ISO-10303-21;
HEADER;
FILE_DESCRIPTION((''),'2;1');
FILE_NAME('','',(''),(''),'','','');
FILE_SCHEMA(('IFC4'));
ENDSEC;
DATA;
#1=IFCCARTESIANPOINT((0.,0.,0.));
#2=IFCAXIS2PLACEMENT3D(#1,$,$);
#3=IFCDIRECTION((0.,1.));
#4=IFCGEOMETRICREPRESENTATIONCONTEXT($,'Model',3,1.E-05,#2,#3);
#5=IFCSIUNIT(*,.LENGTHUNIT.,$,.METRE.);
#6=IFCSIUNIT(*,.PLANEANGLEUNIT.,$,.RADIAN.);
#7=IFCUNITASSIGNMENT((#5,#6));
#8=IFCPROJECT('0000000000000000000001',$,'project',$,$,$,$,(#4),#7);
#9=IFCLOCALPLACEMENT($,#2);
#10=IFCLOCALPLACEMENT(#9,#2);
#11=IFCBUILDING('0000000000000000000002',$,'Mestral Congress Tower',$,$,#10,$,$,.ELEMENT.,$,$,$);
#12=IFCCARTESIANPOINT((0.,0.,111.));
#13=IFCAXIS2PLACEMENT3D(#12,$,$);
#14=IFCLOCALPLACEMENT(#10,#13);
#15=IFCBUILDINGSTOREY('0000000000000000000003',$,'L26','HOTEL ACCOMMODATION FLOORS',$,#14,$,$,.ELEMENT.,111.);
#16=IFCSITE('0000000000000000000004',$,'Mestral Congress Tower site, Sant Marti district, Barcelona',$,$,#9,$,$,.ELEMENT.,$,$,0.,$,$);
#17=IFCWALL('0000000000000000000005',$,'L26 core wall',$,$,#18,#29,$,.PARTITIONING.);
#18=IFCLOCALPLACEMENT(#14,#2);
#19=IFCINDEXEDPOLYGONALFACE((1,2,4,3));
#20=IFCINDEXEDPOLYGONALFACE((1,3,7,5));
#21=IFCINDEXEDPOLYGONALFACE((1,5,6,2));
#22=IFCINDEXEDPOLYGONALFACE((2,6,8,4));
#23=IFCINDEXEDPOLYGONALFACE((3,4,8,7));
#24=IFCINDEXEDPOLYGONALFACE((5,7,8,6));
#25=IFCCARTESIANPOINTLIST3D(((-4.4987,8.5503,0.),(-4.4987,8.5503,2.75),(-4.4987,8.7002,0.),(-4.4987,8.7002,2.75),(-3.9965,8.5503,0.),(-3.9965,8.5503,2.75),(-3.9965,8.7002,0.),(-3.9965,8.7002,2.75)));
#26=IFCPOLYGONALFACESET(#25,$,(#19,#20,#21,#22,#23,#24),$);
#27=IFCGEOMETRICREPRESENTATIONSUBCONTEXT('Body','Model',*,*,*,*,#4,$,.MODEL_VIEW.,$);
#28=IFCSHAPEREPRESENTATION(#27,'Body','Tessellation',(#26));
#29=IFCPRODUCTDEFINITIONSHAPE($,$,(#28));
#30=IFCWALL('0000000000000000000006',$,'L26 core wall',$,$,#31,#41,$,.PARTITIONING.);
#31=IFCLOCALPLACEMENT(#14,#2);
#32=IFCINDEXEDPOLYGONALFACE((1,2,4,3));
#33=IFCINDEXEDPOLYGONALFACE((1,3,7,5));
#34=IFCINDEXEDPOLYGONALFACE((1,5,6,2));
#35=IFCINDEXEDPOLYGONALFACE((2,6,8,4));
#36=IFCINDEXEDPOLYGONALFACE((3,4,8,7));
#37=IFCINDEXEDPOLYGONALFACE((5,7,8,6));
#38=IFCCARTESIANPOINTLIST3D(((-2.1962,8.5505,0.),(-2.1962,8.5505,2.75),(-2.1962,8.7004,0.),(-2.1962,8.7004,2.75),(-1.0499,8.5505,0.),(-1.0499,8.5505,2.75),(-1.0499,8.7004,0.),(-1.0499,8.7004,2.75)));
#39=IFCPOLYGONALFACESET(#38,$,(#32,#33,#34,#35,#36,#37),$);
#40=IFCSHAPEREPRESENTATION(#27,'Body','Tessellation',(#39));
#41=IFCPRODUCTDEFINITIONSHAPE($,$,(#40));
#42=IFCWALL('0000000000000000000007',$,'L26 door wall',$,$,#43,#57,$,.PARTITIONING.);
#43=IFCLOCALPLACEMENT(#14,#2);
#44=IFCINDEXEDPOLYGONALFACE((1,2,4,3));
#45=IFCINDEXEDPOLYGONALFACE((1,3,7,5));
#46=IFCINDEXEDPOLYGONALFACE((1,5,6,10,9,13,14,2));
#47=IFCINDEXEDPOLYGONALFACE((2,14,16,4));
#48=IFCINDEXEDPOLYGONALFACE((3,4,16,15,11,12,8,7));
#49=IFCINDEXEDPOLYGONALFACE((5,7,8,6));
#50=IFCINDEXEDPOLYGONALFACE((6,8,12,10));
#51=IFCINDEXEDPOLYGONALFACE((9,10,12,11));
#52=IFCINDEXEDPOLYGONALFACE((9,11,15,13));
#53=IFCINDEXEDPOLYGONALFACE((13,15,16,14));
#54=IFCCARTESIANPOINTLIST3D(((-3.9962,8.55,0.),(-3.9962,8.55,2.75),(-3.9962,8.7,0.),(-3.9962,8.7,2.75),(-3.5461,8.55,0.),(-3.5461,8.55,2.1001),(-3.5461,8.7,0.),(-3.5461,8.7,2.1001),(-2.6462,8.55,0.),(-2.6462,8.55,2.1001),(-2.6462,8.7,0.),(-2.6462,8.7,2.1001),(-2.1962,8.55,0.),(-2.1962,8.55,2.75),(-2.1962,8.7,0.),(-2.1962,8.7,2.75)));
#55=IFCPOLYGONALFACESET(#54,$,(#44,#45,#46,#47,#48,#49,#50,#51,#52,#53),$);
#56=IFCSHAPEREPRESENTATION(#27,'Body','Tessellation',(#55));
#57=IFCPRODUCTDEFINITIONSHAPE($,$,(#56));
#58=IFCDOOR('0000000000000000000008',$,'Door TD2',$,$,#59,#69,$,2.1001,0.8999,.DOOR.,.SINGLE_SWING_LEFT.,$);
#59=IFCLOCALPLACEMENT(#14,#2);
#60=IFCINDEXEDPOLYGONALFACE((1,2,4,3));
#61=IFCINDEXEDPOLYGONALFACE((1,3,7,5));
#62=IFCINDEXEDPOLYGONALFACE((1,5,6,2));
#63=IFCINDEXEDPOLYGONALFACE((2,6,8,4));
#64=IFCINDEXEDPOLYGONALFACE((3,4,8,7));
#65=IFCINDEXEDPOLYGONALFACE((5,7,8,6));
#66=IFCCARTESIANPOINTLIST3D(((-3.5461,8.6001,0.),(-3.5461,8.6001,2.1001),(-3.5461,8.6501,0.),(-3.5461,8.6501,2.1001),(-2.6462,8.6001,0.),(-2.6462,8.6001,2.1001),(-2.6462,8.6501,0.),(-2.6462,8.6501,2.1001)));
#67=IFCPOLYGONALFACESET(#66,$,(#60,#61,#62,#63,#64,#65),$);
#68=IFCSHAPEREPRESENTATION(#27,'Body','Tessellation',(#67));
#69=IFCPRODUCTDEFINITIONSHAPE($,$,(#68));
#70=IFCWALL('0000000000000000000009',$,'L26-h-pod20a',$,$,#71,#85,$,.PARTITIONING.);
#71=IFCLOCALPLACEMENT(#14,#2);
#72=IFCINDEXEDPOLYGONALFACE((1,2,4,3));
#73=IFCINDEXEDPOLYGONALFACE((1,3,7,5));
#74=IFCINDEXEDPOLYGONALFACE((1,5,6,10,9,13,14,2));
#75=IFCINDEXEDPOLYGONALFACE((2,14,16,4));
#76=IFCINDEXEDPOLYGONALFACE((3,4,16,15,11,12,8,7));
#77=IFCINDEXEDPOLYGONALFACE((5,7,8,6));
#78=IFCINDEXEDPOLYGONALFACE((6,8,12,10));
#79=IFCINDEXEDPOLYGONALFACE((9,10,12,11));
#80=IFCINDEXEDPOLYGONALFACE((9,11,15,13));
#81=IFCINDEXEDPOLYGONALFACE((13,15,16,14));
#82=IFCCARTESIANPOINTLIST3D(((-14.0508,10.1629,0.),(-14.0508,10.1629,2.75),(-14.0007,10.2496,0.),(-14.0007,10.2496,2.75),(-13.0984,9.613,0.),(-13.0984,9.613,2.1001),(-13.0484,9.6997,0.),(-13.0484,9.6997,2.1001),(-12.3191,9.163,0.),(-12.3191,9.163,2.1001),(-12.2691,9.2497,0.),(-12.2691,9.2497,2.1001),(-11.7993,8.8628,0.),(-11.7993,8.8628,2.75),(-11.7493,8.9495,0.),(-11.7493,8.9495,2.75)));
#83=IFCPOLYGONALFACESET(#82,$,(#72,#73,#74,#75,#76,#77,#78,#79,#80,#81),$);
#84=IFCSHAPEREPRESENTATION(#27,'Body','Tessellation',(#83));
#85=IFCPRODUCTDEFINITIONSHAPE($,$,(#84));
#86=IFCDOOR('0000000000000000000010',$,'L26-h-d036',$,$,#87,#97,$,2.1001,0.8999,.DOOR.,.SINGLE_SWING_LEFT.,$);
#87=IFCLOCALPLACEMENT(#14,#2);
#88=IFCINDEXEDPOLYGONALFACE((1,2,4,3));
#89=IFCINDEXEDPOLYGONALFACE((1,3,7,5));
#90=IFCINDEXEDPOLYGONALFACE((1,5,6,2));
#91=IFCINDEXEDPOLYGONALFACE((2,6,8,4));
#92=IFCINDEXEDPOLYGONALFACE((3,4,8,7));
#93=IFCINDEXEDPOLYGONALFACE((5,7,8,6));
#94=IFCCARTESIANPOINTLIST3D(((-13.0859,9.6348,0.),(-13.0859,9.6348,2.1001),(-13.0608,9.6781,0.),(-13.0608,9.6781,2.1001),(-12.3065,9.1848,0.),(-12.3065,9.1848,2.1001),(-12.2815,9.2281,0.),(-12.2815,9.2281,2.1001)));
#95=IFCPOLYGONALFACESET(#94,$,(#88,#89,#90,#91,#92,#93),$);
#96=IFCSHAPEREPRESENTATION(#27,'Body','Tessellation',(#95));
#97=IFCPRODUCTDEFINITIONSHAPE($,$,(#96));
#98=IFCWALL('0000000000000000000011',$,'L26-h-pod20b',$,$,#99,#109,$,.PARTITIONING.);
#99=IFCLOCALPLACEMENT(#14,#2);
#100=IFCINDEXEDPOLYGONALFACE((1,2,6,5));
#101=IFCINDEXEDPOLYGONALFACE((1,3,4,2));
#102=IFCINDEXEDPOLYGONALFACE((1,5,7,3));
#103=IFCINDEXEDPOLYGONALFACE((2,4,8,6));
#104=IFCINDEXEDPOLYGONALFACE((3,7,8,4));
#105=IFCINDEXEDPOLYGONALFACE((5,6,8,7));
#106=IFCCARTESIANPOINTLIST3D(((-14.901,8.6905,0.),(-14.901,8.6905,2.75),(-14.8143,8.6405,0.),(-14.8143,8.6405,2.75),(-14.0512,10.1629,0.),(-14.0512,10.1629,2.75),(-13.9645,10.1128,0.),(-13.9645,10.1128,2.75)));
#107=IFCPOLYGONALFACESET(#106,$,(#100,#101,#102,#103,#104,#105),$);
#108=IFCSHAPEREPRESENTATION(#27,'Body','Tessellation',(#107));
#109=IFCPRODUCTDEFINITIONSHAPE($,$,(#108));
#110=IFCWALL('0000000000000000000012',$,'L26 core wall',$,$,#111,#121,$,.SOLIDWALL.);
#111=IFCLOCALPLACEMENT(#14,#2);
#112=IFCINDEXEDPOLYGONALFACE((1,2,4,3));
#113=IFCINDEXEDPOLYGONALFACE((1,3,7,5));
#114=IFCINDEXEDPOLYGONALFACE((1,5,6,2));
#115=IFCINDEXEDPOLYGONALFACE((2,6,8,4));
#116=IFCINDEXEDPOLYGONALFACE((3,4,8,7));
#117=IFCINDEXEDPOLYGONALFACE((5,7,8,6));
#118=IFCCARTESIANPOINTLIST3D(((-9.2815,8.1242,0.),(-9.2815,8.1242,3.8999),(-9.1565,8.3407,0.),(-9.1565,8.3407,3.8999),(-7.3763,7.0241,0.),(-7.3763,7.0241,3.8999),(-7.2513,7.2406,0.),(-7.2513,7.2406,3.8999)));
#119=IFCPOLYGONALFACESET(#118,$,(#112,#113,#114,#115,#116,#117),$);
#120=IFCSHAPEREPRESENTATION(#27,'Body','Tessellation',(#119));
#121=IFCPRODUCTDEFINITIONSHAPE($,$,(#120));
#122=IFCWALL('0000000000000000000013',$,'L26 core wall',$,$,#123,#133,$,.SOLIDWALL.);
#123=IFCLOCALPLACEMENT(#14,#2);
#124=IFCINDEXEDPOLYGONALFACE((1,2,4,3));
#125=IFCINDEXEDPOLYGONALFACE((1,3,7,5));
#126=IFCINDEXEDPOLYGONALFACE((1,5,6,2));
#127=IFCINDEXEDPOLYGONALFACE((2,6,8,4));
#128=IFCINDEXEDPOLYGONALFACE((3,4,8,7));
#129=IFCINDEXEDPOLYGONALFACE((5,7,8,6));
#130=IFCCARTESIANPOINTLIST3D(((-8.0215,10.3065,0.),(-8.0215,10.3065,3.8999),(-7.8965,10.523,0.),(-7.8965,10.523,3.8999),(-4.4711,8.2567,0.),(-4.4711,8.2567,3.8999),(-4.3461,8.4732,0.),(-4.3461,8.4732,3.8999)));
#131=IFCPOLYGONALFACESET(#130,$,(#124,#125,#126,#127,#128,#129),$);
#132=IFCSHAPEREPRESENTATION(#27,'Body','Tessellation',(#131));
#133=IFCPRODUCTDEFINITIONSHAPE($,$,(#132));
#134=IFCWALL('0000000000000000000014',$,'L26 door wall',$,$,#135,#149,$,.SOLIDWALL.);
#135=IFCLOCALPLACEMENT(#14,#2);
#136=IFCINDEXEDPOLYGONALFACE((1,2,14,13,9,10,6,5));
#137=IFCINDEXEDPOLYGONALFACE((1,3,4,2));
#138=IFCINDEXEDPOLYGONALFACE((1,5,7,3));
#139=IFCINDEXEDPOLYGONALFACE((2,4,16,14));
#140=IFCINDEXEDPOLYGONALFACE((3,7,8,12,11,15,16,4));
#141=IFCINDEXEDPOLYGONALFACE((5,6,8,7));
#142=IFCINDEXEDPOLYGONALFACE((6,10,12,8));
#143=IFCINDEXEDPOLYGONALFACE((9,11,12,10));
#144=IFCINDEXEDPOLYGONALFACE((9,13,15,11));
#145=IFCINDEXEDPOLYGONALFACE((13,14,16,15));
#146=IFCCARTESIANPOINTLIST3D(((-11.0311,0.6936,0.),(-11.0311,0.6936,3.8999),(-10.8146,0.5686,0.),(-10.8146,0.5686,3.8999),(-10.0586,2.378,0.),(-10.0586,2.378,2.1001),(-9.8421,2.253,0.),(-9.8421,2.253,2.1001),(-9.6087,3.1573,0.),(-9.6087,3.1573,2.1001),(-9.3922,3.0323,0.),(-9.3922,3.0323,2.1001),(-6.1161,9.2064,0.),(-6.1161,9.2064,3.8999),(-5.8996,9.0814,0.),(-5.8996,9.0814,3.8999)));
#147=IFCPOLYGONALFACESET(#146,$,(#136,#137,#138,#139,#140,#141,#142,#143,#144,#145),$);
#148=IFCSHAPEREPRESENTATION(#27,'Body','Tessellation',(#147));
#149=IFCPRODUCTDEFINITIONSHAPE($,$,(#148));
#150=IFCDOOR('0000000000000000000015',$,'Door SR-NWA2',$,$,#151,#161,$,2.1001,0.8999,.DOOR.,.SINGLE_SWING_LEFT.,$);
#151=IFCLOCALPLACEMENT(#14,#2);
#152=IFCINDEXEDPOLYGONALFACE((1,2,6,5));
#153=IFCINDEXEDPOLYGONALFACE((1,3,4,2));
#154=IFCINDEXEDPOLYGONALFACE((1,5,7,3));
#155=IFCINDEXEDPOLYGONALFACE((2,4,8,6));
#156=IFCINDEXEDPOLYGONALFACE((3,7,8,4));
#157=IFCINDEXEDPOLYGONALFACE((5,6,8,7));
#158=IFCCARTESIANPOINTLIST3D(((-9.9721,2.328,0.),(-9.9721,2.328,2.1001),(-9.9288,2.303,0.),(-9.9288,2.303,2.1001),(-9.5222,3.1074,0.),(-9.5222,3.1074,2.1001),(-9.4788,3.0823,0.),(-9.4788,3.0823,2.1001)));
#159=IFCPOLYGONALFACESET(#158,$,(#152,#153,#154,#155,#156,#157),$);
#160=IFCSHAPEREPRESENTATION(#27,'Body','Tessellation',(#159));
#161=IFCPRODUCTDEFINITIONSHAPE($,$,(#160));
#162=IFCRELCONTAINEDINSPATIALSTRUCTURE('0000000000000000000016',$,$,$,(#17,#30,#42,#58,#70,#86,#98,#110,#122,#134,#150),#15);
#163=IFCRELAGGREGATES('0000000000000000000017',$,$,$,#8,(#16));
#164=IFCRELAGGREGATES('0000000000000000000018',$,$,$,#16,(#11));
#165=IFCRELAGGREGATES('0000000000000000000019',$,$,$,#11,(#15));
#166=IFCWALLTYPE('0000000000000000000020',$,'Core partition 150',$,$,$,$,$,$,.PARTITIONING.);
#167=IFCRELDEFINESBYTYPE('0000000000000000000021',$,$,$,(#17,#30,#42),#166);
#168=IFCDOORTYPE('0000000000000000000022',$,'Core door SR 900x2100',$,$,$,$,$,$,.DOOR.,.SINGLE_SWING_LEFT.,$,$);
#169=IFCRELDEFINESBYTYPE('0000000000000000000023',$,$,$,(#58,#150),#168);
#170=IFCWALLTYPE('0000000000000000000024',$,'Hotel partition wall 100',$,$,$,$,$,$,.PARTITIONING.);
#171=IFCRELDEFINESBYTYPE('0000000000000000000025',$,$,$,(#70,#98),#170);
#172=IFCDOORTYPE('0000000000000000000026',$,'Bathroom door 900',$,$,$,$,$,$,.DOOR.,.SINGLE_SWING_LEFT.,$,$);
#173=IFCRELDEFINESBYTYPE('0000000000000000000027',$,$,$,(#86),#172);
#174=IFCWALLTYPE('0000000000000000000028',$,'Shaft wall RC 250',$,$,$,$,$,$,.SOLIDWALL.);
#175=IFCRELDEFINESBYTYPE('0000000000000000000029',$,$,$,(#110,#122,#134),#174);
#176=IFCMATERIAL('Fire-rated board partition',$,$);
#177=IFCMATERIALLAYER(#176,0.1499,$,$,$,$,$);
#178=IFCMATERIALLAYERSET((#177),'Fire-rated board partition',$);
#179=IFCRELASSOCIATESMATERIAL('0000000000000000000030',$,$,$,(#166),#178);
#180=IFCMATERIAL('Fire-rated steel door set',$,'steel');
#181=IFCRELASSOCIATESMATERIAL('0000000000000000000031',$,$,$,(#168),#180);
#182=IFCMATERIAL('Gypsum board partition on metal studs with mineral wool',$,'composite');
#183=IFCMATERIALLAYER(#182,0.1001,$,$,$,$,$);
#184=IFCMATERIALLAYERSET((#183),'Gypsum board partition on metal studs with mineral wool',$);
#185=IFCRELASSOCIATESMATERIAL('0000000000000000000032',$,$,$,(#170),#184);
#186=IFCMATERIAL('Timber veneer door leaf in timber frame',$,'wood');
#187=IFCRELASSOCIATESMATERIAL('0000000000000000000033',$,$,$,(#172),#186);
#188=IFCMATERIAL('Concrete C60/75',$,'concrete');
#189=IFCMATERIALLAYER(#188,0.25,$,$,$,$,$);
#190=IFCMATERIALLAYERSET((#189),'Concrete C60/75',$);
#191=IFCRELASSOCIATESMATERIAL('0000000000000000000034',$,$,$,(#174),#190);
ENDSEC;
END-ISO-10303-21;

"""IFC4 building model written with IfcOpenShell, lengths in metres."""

from ifc_helpers import new_model, si_unit, direction, frame, frame_2d, origin, place, context, subcontext, project, spatial, rectangle, extrude, material, layer, layer_set, type_object, element, fill, save


model = new_model("IFC4")

# Units and contexts
model_context = context("Model", 3, precision=1e-05, world=origin(), true_north=direction((0.0, 1.0)))
body_context = subcontext(model_context, "Body", "Model", "MODEL_VIEW")
ifc_project = project(units=[si_unit("LENGTHUNIT", "METRE"), si_unit("PLANEANGLEUNIT", "RADIAN")], contexts=[model_context])

# Site, building, storey
site_placement = place(None, origin())
site = spatial("IfcSite", under=ifc_project, at=site_placement, Name="Mestral Congress Tower site, Sant Marti district, Barcelona", CompositionType="ELEMENT", RefElevation=0.0)
building_placement = place(site_placement, origin())
building = spatial("IfcBuilding", under=site, at=building_placement, Name="Mestral Congress Tower", CompositionType="ELEMENT")
storey_placement = place(building_placement, frame((0.0, 0.0, 111.0)))
storey = spatial("IfcBuildingStorey", under=building, at=storey_placement, Name="L26", Description="HOTEL ACCOMMODATION FLOORS", CompositionType="ELEMENT", Elevation=111.0)

# Walls
ifc_material_1 = material(Name="Fire-rated board partition")
ifc_layer_1 = layer(ifc_material_1, 0.1499)
ifc_layer_set_1 = layer_set([ifc_layer_1], Name="Fire-rated board partition")
wall_type_1 = type_object("IfcWallType", Name="Core partition 150", PredefinedType="PARTITIONING", material=ifc_layer_set_1)
wall_1_placement = place(storey_placement, frame((-3.9966, 8.6252, 0.0), z_axis=(0.0, 0.0, 1.0), x_axis=(-1.0, 0.0, 0.0)))
element("IfcWall", 1, at=wall_1_placement, inside=storey, type_object=wall_type_1, Name="L26 core wall", PredefinedType="PARTITIONING", context=body_context, shape_type="SweptSolid", body=[
    extrude(rectangle(XDim=0.5022, YDim=0.1499, at=frame_2d((0.251, 0.0))), origin(), (0.0, 0.0, 1.0), 2.75),
])
wall_2_placement = place(storey_placement, frame((-2.1963, 8.6255, 0.0), z_axis=(0.0, 0.0, 1.0), x_axis=(1.0, 0.0, 0.0)))
element("IfcWall", 2, at=wall_2_placement, inside=storey, type_object=wall_type_1, Name="L26 core wall", PredefinedType="PARTITIONING", context=body_context, shape_type="SweptSolid", body=[
    extrude(rectangle(XDim=1.1462, YDim=0.1499, at=frame_2d((0.5732, 0.0))), origin(), (0.0, 0.0, 1.0), 2.75),
])

# Walls, openings, doors
wall_3_placement = place(storey_placement, frame((-2.1963, 8.625, 0.0), z_axis=(0.0, 0.0, 1.0), x_axis=(-1.0, 0.0, 0.0)))
wall_3 = element("IfcWall", 3, at=wall_3_placement, inside=storey, type_object=wall_type_1, Name="L26 door wall", PredefinedType="PARTITIONING", context=body_context, shape_type="SweptSolid", body=[
    extrude(rectangle(XDim=1.8, YDim=0.1499, at=frame_2d((0.8999, 0.0))), origin(), (0.0, 0.0, 1.0), 2.75),
])
opening_1_placement = place(wall_3_placement, frame((0.45, 0.0, 0.0)))
opening_1 = element("IfcOpeningElement", 4, at=opening_1_placement, cuts=wall_3, PredefinedType="OPENING", context=body_context, shape_type="SweptSolid", body=[
    extrude(rectangle(XDim=0.8999, YDim=2.1001, at=frame_2d((0.45, 1.05))), frame((0.0, 0.085, 0.0), z_axis=(0.0, -1.0, 0.0), x_axis=(1.0, 0.0, 0.0)), (0.0, 0.0, 1.0), 0.1699),
])
ifc_material_2 = material(Name="Fire-rated steel door set", Category="steel")
door_type_1 = type_object("IfcDoorType", Name="Core door SR 900x2100", OperationType="SINGLE_SWING_LEFT", PredefinedType="DOOR", material=ifc_material_2)
door_1_placement = place(opening_1_placement, origin())
door_1 = element("IfcDoor", 5, at=door_1_placement, inside=storey, type_object=door_type_1, Name="Door TD2", OperationType="SINGLE_SWING_LEFT", OverallHeight=2.1001, OverallWidth=0.8999, PredefinedType="DOOR", context=body_context, shape_type="SweptSolid", body=[
    extrude(rectangle(XDim=0.8999, YDim=2.1001, at=frame_2d((0.45, 1.05))), frame((0.0, 0.0249, 0.0), z_axis=(0.0, -1.0, 0.0), x_axis=(1.0, 0.0, 0.0)), (0.0, 0.0, 1.0), 0.05),
])
fill(opening_1, door_1)
ifc_material_3 = material(Name="Gypsum board partition on metal studs with mineral wool", Category="composite")
ifc_layer_2 = layer(ifc_material_3, 0.1001)
ifc_layer_set_2 = layer_set([ifc_layer_2], Name="Gypsum board partition on metal studs with mineral wool")
wall_type_2 = type_object("IfcWallType", Name="Hotel partition wall 100", PredefinedType="PARTITIONING", material=ifc_layer_set_2)
wall_4_placement = place(storey_placement, frame((-11.7744, 8.9062, 0.0), z_axis=(0.0, 0.0, 1.0), x_axis=(-0.865998, 0.500048, 0.0)))
wall_4 = element("IfcWall", 6, at=wall_4_placement, inside=storey, type_object=wall_type_2, Name="L26-h-pod20a", PredefinedType="PARTITIONING", context=body_context, shape_type="SweptSolid", body=[
    extrude(rectangle(XDim=2.5999, YDim=0.1001, at=frame_2d((1.2998, 0.0))), origin(), (0.0, 0.0, 1.0), 2.75),
])
opening_2_placement = place(wall_4_placement, frame((0.6001, 0.0, 0.0)))
opening_2 = element("IfcOpeningElement", 7, at=opening_2_placement, cuts=wall_4, PredefinedType="OPENING", context=body_context, shape_type="SweptSolid", body=[
    extrude(rectangle(XDim=0.8999, YDim=2.1001, at=frame_2d((0.45, 1.05))), frame((0.0, 0.0601, 0.0), z_axis=(0.0, -1.0, 0.0), x_axis=(1.0, 0.0, 0.0)), (0.0, 0.0, 1.0), 0.1201),
])
ifc_material_4 = material(Name="Timber veneer door leaf in timber frame", Category="wood")
door_type_2 = type_object("IfcDoorType", Name="Bathroom door 900", OperationType="SINGLE_SWING_LEFT", PredefinedType="DOOR", material=ifc_material_4)
door_2_placement = place(opening_2_placement, origin())
door_2 = element("IfcDoor", 8, at=door_2_placement, inside=storey, type_object=door_type_2, Name="L26-h-d036", OperationType="SINGLE_SWING_LEFT", OverallHeight=2.1001, OverallWidth=0.8999, PredefinedType="DOOR", context=body_context, shape_type="SweptSolid", body=[
    extrude(rectangle(XDim=0.8999, YDim=2.1001, at=frame_2d((0.45, 1.05))), frame((0.0, 0.0249, 0.0), z_axis=(0.0, -1.0, 0.0), x_axis=(1.0, 0.0, 0.0)), (0.0, 0.0, 1.0), 0.05),
])
fill(opening_2, door_2)

# Walls
wall_5_placement = place(storey_placement, frame((-14.0078, 10.1379, 0.0), z_axis=(0.0, 0.0, 1.0), x_axis=(-0.499892, -0.866088, 0.0)))
element("IfcWall", 9, at=wall_5_placement, inside=storey, type_object=wall_type_2, Name="L26-h-pod20b", PredefinedType="PARTITIONING", context=body_context, shape_type="SweptSolid", body=[
    extrude(rectangle(XDim=1.7, YDim=0.1001, at=frame_2d((0.8501, 0.0))), origin(), (0.0, 0.0, 1.0), 2.75),
])
ifc_material_5 = material(Name="Concrete C60/75", Category="concrete")
ifc_layer_3 = layer(ifc_material_5, 0.25)
ifc_layer_set_3 = layer_set([ifc_layer_3], Name="Concrete C60/75")
wall_type_3 = type_object("IfcWallType", Name="Shaft wall RC 250", PredefinedType="SOLIDWALL", material=ifc_layer_set_3)
wall_6_placement = place(storey_placement, frame((-7.3137, 7.1323, 0.0), z_axis=(0.0, 0.0, 1.0), x_axis=(-0.866008, 0.50003, 0.0)))
element("IfcWall", 10, at=wall_6_placement, inside=storey, type_object=wall_type_3, Name="L26 core wall", PredefinedType="SOLIDWALL", context=body_context, shape_type="SweptSolid", body=[
    extrude(rectangle(XDim=2.2, YDim=0.25, at=frame_2d((1.1001, 0.0))), origin(), (0.0, 0.0, 1.0), 3.8999),
])
wall_7_placement = place(storey_placement, frame((-7.959, 10.4148, 0.0), z_axis=(0.0, 0.0, 1.0), x_axis=(0.866021, -0.500008, 0.0)))
element("IfcWall", 11, at=wall_7_placement, inside=storey, type_object=wall_type_3, Name="L26 core wall", PredefinedType="SOLIDWALL", context=body_context, shape_type="SweptSolid", body=[
    extrude(rectangle(XDim=4.0996, YDim=0.25, at=frame_2d((2.0498, 0.0))), origin(), (0.0, 0.0, 1.0), 3.8999),
])

# Wall, opening, door
wall_8_placement = place(storey_placement, frame((-6.0078, 9.144, 0.0), z_axis=(0.0, 0.0, 1.0), x_axis=(-0.500007, -0.866021, 0.0)))
wall_8 = element("IfcWall", 12, at=wall_8_placement, inside=storey, type_object=wall_type_3, Name="L26 door wall", PredefinedType="SOLIDWALL", context=body_context, shape_type="SweptSolid", body=[
    extrude(rectangle(XDim=9.8298, YDim=0.25, at=frame_2d((4.915, 0.0))), origin(), (0.0, 0.0, 1.0), 3.8999),
])
opening_3_placement = place(wall_8_placement, frame((6.9851, 0.0, 0.0)))
opening_3 = element("IfcOpeningElement", 13, at=opening_3_placement, cuts=wall_8, PredefinedType="OPENING", context=body_context, shape_type="SweptSolid", body=[
    extrude(rectangle(XDim=0.8999, YDim=2.1001, at=frame_2d((0.45, 1.05))), frame((0.0, 0.135, 0.0), z_axis=(0.0, -1.0, 0.0), x_axis=(1.0, 0.0, 0.0)), (0.0, 0.0, 1.0), 0.27),
])
door_3_placement = place(opening_3_placement, origin())
door_3 = element("IfcDoor", 14, at=door_3_placement, inside=storey, type_object=door_type_1, Name="Door SR-NWA2", OperationType="SINGLE_SWING_LEFT", OverallHeight=2.1001, OverallWidth=0.8999, PredefinedType="DOOR", context=body_context, shape_type="SweptSolid", body=[
    extrude(rectangle(XDim=0.8999, YDim=2.1001, at=frame_2d((0.45, 1.05))), frame((0.0, 0.0249, 0.0), z_axis=(0.0, -1.0, 0.0), x_axis=(1.0, 0.0, 0.0)), (0.0, 0.0, 1.0), 0.05),
])
fill(opening_3, door_3)

save(model, "model.ifc")
